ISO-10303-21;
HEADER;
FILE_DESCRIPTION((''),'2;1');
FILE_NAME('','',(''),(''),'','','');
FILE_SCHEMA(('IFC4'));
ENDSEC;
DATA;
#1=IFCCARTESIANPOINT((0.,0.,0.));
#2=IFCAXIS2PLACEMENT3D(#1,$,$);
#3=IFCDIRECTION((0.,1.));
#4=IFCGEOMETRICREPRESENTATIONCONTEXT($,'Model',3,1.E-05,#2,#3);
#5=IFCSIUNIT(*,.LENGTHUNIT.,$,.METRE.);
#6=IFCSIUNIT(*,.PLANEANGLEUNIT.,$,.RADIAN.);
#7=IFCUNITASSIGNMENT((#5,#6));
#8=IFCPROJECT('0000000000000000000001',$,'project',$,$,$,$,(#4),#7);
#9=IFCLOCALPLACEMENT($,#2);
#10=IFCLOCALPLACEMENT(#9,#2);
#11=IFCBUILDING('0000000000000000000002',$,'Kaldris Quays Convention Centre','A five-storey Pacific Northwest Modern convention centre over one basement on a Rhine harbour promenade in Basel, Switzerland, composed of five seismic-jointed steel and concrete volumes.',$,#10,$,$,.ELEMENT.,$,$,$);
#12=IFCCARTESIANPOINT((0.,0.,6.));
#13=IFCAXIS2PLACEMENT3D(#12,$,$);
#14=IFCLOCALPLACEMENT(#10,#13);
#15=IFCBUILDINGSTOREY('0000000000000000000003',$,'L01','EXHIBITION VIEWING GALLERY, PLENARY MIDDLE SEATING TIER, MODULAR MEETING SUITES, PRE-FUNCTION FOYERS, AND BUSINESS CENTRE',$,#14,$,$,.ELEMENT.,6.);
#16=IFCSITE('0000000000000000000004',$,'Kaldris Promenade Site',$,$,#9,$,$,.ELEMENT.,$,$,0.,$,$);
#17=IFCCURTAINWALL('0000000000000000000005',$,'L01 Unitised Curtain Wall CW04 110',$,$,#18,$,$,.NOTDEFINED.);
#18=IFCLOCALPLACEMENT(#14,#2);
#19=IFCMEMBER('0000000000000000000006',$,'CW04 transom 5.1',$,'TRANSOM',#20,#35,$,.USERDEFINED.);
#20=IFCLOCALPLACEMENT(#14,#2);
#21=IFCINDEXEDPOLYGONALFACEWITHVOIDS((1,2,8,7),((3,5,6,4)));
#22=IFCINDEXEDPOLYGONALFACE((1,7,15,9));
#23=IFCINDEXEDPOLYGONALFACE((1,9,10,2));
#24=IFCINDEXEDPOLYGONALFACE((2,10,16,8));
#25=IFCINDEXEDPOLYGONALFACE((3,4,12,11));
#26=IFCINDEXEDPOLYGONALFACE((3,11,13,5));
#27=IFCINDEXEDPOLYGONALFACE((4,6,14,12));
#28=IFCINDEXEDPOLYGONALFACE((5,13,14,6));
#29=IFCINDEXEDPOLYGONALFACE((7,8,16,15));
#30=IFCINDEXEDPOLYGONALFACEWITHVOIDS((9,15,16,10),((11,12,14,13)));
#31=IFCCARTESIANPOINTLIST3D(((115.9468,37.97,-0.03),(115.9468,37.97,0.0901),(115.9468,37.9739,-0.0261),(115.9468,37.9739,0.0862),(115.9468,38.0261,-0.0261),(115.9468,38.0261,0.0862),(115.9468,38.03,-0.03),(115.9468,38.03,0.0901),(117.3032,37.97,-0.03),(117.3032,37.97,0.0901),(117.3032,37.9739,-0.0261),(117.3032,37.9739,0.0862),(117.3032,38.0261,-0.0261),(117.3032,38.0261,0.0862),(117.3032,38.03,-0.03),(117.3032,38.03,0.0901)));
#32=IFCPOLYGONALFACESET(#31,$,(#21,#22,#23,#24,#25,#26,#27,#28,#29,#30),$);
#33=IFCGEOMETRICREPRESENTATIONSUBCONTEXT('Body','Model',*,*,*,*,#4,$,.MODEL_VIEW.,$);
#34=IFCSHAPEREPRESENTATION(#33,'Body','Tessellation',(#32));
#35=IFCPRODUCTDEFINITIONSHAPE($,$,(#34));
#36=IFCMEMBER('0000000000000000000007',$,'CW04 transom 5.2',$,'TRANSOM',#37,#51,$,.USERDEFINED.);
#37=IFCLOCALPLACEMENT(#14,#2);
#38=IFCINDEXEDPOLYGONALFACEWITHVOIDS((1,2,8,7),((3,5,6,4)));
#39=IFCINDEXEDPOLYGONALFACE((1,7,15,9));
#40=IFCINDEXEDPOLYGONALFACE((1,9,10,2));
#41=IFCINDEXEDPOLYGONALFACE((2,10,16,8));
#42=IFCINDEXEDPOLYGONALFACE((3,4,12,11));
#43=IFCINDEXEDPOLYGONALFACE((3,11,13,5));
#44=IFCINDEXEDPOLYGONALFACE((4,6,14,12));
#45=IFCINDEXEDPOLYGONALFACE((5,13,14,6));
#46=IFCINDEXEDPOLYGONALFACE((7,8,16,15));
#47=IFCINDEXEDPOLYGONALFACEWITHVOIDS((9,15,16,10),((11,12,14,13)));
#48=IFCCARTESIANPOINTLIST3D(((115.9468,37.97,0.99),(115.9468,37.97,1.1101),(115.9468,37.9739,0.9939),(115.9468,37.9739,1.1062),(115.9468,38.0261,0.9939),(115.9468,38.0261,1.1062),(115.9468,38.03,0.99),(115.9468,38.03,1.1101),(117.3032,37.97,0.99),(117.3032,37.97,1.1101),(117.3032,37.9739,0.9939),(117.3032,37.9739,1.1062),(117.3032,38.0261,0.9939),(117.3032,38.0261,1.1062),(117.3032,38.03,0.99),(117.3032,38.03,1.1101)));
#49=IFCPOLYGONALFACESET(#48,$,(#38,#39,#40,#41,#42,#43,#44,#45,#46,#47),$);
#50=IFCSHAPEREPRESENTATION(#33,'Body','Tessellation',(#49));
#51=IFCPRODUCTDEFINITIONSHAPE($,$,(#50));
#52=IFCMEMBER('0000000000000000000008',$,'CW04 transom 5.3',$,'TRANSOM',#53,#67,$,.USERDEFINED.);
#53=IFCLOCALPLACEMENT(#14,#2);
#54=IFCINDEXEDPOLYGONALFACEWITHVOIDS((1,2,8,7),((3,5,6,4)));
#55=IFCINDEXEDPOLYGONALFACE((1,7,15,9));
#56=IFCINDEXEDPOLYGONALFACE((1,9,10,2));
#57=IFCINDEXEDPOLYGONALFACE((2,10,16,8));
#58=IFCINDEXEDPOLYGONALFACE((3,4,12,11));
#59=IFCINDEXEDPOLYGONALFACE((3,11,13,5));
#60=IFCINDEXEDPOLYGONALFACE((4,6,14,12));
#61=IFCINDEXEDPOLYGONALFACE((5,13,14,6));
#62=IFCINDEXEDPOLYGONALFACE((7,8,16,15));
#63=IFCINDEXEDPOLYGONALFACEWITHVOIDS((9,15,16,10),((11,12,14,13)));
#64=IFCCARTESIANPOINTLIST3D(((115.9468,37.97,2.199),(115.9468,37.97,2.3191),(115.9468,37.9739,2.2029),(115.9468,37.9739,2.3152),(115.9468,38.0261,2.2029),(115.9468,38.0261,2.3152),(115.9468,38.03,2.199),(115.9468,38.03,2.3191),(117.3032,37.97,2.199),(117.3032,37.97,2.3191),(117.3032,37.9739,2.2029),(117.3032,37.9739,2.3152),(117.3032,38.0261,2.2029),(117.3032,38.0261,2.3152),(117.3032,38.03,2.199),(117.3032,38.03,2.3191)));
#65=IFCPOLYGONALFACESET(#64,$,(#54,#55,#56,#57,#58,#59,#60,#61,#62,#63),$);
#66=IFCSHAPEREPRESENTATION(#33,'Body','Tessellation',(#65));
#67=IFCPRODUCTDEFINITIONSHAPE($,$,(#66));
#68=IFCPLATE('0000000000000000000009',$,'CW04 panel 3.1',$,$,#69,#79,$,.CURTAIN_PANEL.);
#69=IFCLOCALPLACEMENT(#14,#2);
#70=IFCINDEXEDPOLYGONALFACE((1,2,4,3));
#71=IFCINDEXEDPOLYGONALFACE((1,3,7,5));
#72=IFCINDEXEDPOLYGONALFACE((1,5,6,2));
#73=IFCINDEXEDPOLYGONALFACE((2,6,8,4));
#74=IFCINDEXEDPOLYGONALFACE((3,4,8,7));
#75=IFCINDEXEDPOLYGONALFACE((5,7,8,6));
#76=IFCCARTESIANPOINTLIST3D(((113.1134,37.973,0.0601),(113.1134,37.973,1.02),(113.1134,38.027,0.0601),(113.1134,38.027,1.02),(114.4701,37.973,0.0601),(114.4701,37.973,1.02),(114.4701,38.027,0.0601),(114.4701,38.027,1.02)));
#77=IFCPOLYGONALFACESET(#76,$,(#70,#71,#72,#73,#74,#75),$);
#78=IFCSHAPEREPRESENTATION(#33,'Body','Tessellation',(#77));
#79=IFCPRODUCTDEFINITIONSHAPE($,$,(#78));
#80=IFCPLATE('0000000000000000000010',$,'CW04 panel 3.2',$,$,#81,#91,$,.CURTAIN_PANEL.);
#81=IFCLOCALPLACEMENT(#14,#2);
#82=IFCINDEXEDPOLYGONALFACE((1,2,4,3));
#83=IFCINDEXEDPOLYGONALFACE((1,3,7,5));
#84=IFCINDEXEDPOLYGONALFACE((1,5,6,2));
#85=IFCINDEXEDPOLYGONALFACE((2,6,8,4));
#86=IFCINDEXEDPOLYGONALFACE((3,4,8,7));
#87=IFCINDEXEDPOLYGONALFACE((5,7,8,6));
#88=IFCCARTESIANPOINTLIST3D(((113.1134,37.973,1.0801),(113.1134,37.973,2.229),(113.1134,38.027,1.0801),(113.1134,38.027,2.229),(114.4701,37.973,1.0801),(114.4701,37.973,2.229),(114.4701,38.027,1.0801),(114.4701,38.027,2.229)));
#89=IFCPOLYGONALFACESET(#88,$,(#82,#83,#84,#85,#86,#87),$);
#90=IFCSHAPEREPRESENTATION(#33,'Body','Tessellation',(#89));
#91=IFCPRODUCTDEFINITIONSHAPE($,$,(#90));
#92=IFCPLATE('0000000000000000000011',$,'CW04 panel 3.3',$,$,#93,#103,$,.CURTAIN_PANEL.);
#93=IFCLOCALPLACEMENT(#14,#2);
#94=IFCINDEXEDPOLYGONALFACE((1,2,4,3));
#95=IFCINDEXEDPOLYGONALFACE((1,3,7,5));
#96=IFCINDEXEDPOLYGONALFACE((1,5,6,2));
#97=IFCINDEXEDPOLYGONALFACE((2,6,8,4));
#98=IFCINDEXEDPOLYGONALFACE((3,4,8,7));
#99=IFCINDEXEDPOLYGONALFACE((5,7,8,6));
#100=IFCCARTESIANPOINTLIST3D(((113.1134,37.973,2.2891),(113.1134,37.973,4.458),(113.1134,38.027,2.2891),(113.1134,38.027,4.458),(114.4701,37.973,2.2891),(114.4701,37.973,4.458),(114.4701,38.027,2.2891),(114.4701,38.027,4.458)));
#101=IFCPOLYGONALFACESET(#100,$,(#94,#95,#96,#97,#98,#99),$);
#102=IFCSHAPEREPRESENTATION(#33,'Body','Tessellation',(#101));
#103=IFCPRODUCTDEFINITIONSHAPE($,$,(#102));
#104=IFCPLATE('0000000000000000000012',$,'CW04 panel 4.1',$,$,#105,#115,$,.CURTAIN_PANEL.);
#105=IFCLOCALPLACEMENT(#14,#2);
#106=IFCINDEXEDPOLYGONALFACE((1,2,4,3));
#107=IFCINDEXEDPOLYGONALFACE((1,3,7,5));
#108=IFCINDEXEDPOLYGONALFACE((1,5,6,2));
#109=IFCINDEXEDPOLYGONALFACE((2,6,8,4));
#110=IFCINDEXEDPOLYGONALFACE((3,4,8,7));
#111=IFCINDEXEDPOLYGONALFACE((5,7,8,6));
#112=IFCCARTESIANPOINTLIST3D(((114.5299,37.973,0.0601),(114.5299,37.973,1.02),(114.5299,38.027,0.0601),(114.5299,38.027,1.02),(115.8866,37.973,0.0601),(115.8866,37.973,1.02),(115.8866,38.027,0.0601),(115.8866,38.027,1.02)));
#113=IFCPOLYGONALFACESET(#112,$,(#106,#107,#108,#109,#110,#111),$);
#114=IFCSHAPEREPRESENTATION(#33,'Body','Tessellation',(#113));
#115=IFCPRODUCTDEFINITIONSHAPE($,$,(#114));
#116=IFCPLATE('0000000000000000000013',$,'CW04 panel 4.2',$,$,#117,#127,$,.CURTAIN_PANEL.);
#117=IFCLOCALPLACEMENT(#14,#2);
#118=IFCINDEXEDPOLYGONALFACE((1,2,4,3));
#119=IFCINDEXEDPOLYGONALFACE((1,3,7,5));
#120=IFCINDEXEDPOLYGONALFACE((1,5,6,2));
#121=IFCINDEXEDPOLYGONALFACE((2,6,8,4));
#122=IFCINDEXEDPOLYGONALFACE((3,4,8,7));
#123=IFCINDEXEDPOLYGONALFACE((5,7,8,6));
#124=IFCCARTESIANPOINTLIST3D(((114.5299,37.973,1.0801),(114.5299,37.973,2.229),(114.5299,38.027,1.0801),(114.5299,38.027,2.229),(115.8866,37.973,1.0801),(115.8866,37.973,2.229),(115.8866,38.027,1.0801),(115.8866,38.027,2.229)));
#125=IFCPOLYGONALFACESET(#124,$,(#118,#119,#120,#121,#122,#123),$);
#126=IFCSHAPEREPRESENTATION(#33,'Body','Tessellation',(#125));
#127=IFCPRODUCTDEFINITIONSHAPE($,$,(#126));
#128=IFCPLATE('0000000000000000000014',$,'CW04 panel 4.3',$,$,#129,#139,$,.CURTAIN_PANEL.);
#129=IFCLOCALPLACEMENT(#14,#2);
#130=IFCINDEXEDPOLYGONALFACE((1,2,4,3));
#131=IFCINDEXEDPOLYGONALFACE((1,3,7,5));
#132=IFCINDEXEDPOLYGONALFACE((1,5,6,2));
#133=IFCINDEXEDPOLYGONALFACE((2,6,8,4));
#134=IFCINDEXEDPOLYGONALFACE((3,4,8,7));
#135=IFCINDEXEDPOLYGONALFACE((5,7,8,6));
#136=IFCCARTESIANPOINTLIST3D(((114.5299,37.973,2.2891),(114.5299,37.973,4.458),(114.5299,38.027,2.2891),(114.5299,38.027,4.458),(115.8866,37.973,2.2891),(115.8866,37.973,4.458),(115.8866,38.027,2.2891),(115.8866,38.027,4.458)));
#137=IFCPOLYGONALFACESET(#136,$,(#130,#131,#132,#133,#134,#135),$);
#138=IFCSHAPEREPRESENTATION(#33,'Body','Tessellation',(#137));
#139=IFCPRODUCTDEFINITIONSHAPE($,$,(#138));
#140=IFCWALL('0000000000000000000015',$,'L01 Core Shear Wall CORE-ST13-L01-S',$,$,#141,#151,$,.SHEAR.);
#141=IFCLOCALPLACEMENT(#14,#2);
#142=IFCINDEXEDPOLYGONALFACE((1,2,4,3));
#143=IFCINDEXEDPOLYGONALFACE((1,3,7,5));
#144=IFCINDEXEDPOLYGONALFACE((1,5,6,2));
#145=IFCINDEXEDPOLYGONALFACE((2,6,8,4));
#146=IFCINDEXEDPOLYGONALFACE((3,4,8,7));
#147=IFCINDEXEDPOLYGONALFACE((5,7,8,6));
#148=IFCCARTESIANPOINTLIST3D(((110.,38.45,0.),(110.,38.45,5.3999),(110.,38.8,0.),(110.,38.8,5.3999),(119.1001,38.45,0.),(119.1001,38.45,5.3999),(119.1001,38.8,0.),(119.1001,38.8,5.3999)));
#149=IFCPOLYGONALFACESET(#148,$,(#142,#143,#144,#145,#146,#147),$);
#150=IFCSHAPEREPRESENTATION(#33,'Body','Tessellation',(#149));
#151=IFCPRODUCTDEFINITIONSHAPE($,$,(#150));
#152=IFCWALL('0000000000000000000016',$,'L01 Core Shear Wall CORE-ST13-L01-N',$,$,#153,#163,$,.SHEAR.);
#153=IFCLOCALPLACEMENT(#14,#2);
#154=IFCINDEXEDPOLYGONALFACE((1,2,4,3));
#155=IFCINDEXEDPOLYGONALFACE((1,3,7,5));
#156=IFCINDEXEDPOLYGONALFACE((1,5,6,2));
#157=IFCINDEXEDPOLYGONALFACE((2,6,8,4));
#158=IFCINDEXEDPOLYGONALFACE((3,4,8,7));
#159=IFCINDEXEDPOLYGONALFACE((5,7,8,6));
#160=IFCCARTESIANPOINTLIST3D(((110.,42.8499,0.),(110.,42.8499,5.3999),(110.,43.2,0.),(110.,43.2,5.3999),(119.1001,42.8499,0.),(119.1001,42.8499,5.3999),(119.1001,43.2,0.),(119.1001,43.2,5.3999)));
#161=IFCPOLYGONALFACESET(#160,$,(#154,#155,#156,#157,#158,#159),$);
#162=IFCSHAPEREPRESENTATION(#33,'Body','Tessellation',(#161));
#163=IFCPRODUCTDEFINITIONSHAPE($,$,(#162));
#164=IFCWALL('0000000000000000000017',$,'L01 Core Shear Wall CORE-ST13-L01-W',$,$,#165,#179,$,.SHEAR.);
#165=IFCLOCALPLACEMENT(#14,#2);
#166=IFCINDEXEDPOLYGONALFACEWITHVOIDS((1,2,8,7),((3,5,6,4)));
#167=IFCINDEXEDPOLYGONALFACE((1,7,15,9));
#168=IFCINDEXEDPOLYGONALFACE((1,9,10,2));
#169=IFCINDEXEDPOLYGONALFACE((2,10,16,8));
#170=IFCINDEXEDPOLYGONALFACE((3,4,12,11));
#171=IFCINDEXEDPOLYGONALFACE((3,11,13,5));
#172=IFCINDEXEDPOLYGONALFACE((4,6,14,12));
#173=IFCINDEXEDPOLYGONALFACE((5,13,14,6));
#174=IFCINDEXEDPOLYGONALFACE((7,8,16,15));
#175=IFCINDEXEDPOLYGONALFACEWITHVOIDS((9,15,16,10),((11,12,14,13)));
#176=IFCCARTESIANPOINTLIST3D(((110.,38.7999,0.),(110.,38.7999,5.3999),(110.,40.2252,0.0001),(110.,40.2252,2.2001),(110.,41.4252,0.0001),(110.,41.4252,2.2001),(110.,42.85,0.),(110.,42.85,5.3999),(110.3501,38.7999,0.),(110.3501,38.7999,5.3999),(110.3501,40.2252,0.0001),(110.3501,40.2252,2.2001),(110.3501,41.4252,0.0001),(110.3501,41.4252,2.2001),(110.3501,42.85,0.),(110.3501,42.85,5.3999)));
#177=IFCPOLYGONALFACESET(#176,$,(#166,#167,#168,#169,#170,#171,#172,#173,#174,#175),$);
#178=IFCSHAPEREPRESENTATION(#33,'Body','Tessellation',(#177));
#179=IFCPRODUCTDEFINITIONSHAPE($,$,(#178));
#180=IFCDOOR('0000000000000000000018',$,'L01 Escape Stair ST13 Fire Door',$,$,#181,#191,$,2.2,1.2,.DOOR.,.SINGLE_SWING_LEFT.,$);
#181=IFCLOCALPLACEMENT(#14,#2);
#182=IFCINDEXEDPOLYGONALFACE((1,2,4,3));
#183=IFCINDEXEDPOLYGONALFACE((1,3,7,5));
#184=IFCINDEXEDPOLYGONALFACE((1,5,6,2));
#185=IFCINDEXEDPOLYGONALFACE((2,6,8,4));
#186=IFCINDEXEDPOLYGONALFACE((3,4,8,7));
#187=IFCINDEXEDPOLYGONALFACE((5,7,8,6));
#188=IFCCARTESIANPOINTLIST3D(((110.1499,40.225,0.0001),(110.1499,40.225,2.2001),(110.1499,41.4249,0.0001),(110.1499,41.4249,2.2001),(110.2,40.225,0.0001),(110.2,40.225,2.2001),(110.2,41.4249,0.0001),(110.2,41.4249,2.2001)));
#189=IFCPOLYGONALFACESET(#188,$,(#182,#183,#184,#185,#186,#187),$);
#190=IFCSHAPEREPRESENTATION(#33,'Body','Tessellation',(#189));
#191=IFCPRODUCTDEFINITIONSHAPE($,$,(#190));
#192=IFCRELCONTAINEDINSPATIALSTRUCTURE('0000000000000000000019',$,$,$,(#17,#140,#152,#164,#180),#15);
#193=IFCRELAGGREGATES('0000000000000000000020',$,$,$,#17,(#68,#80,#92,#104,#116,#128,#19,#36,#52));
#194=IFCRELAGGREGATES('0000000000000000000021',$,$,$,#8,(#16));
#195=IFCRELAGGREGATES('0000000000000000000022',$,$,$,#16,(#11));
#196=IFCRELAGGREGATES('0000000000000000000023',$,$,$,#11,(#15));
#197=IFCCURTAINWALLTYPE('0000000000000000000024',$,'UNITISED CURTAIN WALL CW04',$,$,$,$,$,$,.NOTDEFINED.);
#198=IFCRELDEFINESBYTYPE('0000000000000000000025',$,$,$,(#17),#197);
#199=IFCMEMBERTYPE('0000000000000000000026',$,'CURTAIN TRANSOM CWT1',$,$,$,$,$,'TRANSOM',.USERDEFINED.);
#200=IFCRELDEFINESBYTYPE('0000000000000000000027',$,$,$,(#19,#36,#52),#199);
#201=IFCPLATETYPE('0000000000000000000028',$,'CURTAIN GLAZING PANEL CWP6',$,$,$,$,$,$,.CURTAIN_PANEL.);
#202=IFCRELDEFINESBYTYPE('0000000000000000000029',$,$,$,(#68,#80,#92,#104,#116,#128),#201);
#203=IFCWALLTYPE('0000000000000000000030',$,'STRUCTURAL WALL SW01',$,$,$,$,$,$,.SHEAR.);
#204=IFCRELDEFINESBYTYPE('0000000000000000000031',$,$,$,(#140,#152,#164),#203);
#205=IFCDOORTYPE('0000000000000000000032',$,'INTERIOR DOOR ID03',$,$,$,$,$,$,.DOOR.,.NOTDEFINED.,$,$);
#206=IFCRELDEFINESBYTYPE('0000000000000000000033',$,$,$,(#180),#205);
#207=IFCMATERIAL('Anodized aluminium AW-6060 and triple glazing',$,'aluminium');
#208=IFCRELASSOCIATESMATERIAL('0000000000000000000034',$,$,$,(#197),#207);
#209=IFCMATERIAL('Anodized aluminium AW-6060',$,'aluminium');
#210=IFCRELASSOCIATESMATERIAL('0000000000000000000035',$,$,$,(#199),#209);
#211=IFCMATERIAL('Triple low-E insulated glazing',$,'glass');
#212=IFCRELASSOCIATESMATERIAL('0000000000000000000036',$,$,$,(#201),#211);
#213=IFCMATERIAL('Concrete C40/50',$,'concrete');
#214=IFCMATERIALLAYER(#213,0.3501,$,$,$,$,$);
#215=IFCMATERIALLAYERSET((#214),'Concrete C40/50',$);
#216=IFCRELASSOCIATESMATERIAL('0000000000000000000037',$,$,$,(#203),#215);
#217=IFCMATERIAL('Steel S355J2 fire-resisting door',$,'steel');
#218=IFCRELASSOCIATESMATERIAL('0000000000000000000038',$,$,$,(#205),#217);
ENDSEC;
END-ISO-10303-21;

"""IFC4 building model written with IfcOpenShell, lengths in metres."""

from ifc_helpers import new_model, si_unit, direction, frame, frame_2d, origin, origin_2d, place, context, subcontext, project, spatial, rectangle, hollow_rectangle, extrude, material, layer, layer_set, material_profile, profile_set, type_object, element, fill, aggregate, save


model = new_model("IFC4")

# Units and contexts
model_context = context("Model", 3, precision=1e-05, world=origin(), true_north=direction((0.0, 1.0)))
body_context = subcontext(model_context, "Body", "Model", "MODEL_VIEW")
ifc_project = project(units=[si_unit("LENGTHUNIT", "METRE"), si_unit("PLANEANGLEUNIT", "RADIAN")], contexts=[model_context])

# Site, building, storey
site_placement = place(None, origin())
site = spatial("IfcSite", under=ifc_project, at=site_placement, Name="Kaldris Promenade Site", CompositionType="ELEMENT", RefElevation=0.0)
building_placement = place(site_placement, origin())
building = spatial("IfcBuilding", under=site, at=building_placement, Name="Kaldris Quays Convention Centre", Description="A five-storey Pacific Northwest Modern convention centre over one basement on a Rhine harbour promenade in Basel, Switzerland, composed of five seismic-jointed steel and concrete volumes.", CompositionType="ELEMENT")
storey_placement = place(building_placement, frame((0.0, 0.0, 6.0)))
storey = spatial("IfcBuildingStorey", under=building, at=storey_placement, Name="L01", Description="EXHIBITION VIEWING GALLERY, PLENARY MIDDLE SEATING TIER, MODULAR MEETING SUITES, PRE-FUNCTION FOYERS, AND BUSINESS CENTRE", CompositionType="ELEMENT", Elevation=6.0)

# Curtain wall, members, plates
ifc_material_1 = material(Name="Anodized aluminium AW-6060 and triple glazing", Category="aluminium")
curtain_wall_type = type_object("IfcCurtainWallType", Name="UNITISED CURTAIN WALL CW04", PredefinedType="NOTDEFINED", material=ifc_material_1)
curtain_wall_placement = place(storey_placement, origin())
curtain_wall = element("IfcCurtainWall", 1, at=curtain_wall_placement, inside=storey, type_object=curtain_wall_type, Name="L01 Unitised Curtain Wall CW04 110", PredefinedType="NOTDEFINED")
ifc_material_2 = material(Name="Anodized aluminium AW-6060", Category="aluminium")
ifc_material_profile_1 = material_profile(ifc_material_2, hollow_rectangle(XDim=0.0601, YDim=0.1201, WallThickness=0.0039, at=origin_2d()), Name="RHS 120x60x4")
ifc_profile_set_1 = profile_set([ifc_material_profile_1], Name="Anodized aluminium AW-6060")
member_type_1 = type_object("IfcMemberType", Name="CURTAIN TRANSOM CWT1", ElementType="TRANSOM", PredefinedType="USERDEFINED", material=ifc_profile_set_1)
member_1_placement = place(storey_placement, frame((115.9468, 38.0, 0.03), z_axis=(1.0, 0.0, 0.0), x_axis=(0.0, 1.0, 0.0)))
member_1 = element("IfcMember", 2, at=member_1_placement, type_object=member_type_1, Name="CW04 transom 5.1", ObjectType="TRANSOM", PredefinedType="USERDEFINED", context=body_context, shape_type="SweptSolid", body=[
    extrude(hollow_rectangle(XDim=0.0601, YDim=0.1201, WallThickness=0.0039, at=origin_2d()), origin(), (0.0, 0.0, 1.0), 1.3564),
])
member_2_placement = place(storey_placement, frame((115.9468, 38.0, 1.05), z_axis=(1.0, 0.0, 0.0), x_axis=(0.0, 1.0, 0.0)))
member_2 = element("IfcMember", 3, at=member_2_placement, type_object=member_type_1, Name="CW04 transom 5.2", ObjectType="TRANSOM", PredefinedType="USERDEFINED", context=body_context, shape_type="SweptSolid", body=[
    extrude(hollow_rectangle(XDim=0.0601, YDim=0.1201, WallThickness=0.0039, at=origin_2d()), origin(), (0.0, 0.0, 1.0), 1.3564),
])
member_3_placement = place(storey_placement, frame((115.9468, 38.0, 2.259), z_axis=(1.0, 0.0, 0.0), x_axis=(0.0, 1.0, 0.0)))
member_3 = element("IfcMember", 4, at=member_3_placement, type_object=member_type_1, Name="CW04 transom 5.3", ObjectType="TRANSOM", PredefinedType="USERDEFINED", context=body_context, shape_type="SweptSolid", body=[
    extrude(hollow_rectangle(XDim=0.0601, YDim=0.1201, WallThickness=0.0039, at=origin_2d()), origin(), (0.0, 0.0, 1.0), 1.3564),
])
ifc_material_3 = material(Name="Triple low-E insulated glazing", Category="glass")
plate_type = type_object("IfcPlateType", Name="CURTAIN GLAZING PANEL CWP6", PredefinedType="CURTAIN_PANEL", material=ifc_material_3)
plate_1_placement = place(storey_placement, frame((113.7917, 38.0, 0.0601), z_axis=(0.0, 0.0, 1.0), x_axis=(1.0, 0.0, 0.0)))
plate_1 = element("IfcPlate", 5, at=plate_1_placement, type_object=plate_type, Name="CW04 panel 3.1", PredefinedType="CURTAIN_PANEL", context=body_context, shape_type="SweptSolid", body=[
    extrude(rectangle(XDim=1.3567, YDim=0.054, at=origin_2d()), origin(), (0.0, 0.0, 1.0), 0.96),
])
plate_2_placement = place(storey_placement, frame((113.7917, 38.0, 1.0801), z_axis=(0.0, 0.0, 1.0), x_axis=(1.0, 0.0, 0.0)))
plate_2 = element("IfcPlate", 6, at=plate_2_placement, type_object=plate_type, Name="CW04 panel 3.2", PredefinedType="CURTAIN_PANEL", context=body_context, shape_type="SweptSolid", body=[
    extrude(rectangle(XDim=1.3567, YDim=0.054, at=origin_2d()), origin(), (0.0, 0.0, 1.0), 1.1489),
])
plate_3_placement = place(storey_placement, frame((113.7917, 38.0, 2.2891), z_axis=(0.0, 0.0, 1.0), x_axis=(1.0, 0.0, 0.0)))
plate_3 = element("IfcPlate", 7, at=plate_3_placement, type_object=plate_type, Name="CW04 panel 3.3", PredefinedType="CURTAIN_PANEL", context=body_context, shape_type="SweptSolid", body=[
    extrude(rectangle(XDim=1.3567, YDim=0.054, at=origin_2d()), origin(), (0.0, 0.0, 1.0), 2.1689),
])
plate_4_placement = place(storey_placement, frame((115.2083, 38.0, 0.0601), z_axis=(0.0, 0.0, 1.0), x_axis=(1.0, 0.0, 0.0)))
plate_4 = element("IfcPlate", 8, at=plate_4_placement, type_object=plate_type, Name="CW04 panel 4.1", PredefinedType="CURTAIN_PANEL", context=body_context, shape_type="SweptSolid", body=[
    extrude(rectangle(XDim=1.3567, YDim=0.054, at=origin_2d()), origin(), (0.0, 0.0, 1.0), 0.96),
])
plate_5_placement = place(storey_placement, frame((115.2083, 38.0, 1.0801), z_axis=(0.0, 0.0, 1.0), x_axis=(1.0, 0.0, 0.0)))
plate_5 = element("IfcPlate", 9, at=plate_5_placement, type_object=plate_type, Name="CW04 panel 4.2", PredefinedType="CURTAIN_PANEL", context=body_context, shape_type="SweptSolid", body=[
    extrude(rectangle(XDim=1.3567, YDim=0.054, at=origin_2d()), origin(), (0.0, 0.0, 1.0), 1.1489),
])
plate_6_placement = place(storey_placement, frame((115.2083, 38.0, 2.2891), z_axis=(0.0, 0.0, 1.0), x_axis=(1.0, 0.0, 0.0)))
plate_6 = element("IfcPlate", 10, at=plate_6_placement, type_object=plate_type, Name="CW04 panel 4.3", PredefinedType="CURTAIN_PANEL", context=body_context, shape_type="SweptSolid", body=[
    extrude(rectangle(XDim=1.3567, YDim=0.054, at=origin_2d()), origin(), (0.0, 0.0, 1.0), 2.1689),
])
aggregate(curtain_wall, [plate_1, plate_2, plate_3, plate_4, plate_5, plate_6, member_1, member_2, member_3])

# Walls
ifc_material_4 = material(Name="Concrete C40/50", Category="concrete")
ifc_layer = layer(ifc_material_4, 0.3501)
ifc_layer_set = layer_set([ifc_layer], Name="Concrete C40/50")
wall_type = type_object("IfcWallType", Name="STRUCTURAL WALL SW01", PredefinedType="SHEAR", material=ifc_layer_set)
for number, where, z_axis, x_axis, name in (
    (11, (110.0, 38.625, 0.0), (0.0, 0.0, 1.0), (1.0, 0.0, 0.0), "L01 Core Shear Wall CORE-ST13-L01-S"),
    (12, (110.0, 43.0249, 0.0), (0.0, 0.0, 1.0), (1.0, 0.0, 0.0), "L01 Core Shear Wall CORE-ST13-L01-N"),
):
    element("IfcWall", number, at=place(storey_placement, frame(where, z_axis=z_axis, x_axis=x_axis)), inside=storey, type_object=wall_type, Name=name, PredefinedType="SHEAR", context=body_context, shape_type="SweptSolid", body=[
        extrude(rectangle(XDim=9.1001, YDim=0.3501, at=frame_2d((4.55, 0.0))), origin(), (0.0, 0.0, 1.0), 5.3999),
    ])

# Wall, opening, door
wall_placement = place(storey_placement, frame((110.175, 38.8, 0.0), z_axis=(0.0, 0.0, 1.0), x_axis=(0.0, 1.0, 0.0)))
wall = element("IfcWall", 13, at=wall_placement, inside=storey, type_object=wall_type, Name="L01 Core Shear Wall CORE-ST13-L01-W", PredefinedType="SHEAR", context=body_context, shape_type="SweptSolid", body=[
    extrude(rectangle(XDim=4.05, YDim=0.3501, at=frame_2d((2.0249, 0.0))), origin(), (0.0, 0.0, 1.0), 5.3999),
])
opening_placement = place(wall_placement, frame((1.425, 0.0, 0.0)))
opening = element("IfcOpeningElement", 14, at=opening_placement, cuts=wall, PredefinedType="OPENING", context=body_context, shape_type="SweptSolid", body=[
    extrude(rectangle(XDim=1.2, YDim=2.2, at=frame_2d((0.6001, 1.1001))), frame((0.0, 0.1851, 0.0), z_axis=(0.0, -1.0, 0.0), x_axis=(1.0, 0.0, 0.0)), (0.0, 0.0, 1.0), 0.3701),
])
ifc_material_5 = material(Name="Steel S355J2 fire-resisting door", Category="steel")
door_type = type_object("IfcDoorType", Name="INTERIOR DOOR ID03", OperationType="NOTDEFINED", PredefinedType="DOOR", material=ifc_material_5)
door_placement = place(opening_placement, frame((1.2, 0.0, 0.0), z_axis=(0.0, 0.0, 1.0), x_axis=(-1.0, 0.0, 0.0)))
door = element("IfcDoor", 15, at=door_placement, inside=storey, type_object=door_type, Name="L01 Escape Stair ST13 Fire Door", OperationType="SINGLE_SWING_LEFT", OverallHeight=2.2, OverallWidth=1.2, PredefinedType="DOOR", context=body_context, shape_type="SweptSolid", body=[
    extrude(rectangle(XDim=1.2, YDim=2.2, at=frame_2d((0.6001, 1.1001))), frame((0.0, 0.0249, 0.0), z_axis=(0.0, -1.0, 0.0), x_axis=(1.0, 0.0, 0.0)), (0.0, 0.0, 1.0), 0.05),
])
fill(opening, door)

save(model, "model.ifc")
